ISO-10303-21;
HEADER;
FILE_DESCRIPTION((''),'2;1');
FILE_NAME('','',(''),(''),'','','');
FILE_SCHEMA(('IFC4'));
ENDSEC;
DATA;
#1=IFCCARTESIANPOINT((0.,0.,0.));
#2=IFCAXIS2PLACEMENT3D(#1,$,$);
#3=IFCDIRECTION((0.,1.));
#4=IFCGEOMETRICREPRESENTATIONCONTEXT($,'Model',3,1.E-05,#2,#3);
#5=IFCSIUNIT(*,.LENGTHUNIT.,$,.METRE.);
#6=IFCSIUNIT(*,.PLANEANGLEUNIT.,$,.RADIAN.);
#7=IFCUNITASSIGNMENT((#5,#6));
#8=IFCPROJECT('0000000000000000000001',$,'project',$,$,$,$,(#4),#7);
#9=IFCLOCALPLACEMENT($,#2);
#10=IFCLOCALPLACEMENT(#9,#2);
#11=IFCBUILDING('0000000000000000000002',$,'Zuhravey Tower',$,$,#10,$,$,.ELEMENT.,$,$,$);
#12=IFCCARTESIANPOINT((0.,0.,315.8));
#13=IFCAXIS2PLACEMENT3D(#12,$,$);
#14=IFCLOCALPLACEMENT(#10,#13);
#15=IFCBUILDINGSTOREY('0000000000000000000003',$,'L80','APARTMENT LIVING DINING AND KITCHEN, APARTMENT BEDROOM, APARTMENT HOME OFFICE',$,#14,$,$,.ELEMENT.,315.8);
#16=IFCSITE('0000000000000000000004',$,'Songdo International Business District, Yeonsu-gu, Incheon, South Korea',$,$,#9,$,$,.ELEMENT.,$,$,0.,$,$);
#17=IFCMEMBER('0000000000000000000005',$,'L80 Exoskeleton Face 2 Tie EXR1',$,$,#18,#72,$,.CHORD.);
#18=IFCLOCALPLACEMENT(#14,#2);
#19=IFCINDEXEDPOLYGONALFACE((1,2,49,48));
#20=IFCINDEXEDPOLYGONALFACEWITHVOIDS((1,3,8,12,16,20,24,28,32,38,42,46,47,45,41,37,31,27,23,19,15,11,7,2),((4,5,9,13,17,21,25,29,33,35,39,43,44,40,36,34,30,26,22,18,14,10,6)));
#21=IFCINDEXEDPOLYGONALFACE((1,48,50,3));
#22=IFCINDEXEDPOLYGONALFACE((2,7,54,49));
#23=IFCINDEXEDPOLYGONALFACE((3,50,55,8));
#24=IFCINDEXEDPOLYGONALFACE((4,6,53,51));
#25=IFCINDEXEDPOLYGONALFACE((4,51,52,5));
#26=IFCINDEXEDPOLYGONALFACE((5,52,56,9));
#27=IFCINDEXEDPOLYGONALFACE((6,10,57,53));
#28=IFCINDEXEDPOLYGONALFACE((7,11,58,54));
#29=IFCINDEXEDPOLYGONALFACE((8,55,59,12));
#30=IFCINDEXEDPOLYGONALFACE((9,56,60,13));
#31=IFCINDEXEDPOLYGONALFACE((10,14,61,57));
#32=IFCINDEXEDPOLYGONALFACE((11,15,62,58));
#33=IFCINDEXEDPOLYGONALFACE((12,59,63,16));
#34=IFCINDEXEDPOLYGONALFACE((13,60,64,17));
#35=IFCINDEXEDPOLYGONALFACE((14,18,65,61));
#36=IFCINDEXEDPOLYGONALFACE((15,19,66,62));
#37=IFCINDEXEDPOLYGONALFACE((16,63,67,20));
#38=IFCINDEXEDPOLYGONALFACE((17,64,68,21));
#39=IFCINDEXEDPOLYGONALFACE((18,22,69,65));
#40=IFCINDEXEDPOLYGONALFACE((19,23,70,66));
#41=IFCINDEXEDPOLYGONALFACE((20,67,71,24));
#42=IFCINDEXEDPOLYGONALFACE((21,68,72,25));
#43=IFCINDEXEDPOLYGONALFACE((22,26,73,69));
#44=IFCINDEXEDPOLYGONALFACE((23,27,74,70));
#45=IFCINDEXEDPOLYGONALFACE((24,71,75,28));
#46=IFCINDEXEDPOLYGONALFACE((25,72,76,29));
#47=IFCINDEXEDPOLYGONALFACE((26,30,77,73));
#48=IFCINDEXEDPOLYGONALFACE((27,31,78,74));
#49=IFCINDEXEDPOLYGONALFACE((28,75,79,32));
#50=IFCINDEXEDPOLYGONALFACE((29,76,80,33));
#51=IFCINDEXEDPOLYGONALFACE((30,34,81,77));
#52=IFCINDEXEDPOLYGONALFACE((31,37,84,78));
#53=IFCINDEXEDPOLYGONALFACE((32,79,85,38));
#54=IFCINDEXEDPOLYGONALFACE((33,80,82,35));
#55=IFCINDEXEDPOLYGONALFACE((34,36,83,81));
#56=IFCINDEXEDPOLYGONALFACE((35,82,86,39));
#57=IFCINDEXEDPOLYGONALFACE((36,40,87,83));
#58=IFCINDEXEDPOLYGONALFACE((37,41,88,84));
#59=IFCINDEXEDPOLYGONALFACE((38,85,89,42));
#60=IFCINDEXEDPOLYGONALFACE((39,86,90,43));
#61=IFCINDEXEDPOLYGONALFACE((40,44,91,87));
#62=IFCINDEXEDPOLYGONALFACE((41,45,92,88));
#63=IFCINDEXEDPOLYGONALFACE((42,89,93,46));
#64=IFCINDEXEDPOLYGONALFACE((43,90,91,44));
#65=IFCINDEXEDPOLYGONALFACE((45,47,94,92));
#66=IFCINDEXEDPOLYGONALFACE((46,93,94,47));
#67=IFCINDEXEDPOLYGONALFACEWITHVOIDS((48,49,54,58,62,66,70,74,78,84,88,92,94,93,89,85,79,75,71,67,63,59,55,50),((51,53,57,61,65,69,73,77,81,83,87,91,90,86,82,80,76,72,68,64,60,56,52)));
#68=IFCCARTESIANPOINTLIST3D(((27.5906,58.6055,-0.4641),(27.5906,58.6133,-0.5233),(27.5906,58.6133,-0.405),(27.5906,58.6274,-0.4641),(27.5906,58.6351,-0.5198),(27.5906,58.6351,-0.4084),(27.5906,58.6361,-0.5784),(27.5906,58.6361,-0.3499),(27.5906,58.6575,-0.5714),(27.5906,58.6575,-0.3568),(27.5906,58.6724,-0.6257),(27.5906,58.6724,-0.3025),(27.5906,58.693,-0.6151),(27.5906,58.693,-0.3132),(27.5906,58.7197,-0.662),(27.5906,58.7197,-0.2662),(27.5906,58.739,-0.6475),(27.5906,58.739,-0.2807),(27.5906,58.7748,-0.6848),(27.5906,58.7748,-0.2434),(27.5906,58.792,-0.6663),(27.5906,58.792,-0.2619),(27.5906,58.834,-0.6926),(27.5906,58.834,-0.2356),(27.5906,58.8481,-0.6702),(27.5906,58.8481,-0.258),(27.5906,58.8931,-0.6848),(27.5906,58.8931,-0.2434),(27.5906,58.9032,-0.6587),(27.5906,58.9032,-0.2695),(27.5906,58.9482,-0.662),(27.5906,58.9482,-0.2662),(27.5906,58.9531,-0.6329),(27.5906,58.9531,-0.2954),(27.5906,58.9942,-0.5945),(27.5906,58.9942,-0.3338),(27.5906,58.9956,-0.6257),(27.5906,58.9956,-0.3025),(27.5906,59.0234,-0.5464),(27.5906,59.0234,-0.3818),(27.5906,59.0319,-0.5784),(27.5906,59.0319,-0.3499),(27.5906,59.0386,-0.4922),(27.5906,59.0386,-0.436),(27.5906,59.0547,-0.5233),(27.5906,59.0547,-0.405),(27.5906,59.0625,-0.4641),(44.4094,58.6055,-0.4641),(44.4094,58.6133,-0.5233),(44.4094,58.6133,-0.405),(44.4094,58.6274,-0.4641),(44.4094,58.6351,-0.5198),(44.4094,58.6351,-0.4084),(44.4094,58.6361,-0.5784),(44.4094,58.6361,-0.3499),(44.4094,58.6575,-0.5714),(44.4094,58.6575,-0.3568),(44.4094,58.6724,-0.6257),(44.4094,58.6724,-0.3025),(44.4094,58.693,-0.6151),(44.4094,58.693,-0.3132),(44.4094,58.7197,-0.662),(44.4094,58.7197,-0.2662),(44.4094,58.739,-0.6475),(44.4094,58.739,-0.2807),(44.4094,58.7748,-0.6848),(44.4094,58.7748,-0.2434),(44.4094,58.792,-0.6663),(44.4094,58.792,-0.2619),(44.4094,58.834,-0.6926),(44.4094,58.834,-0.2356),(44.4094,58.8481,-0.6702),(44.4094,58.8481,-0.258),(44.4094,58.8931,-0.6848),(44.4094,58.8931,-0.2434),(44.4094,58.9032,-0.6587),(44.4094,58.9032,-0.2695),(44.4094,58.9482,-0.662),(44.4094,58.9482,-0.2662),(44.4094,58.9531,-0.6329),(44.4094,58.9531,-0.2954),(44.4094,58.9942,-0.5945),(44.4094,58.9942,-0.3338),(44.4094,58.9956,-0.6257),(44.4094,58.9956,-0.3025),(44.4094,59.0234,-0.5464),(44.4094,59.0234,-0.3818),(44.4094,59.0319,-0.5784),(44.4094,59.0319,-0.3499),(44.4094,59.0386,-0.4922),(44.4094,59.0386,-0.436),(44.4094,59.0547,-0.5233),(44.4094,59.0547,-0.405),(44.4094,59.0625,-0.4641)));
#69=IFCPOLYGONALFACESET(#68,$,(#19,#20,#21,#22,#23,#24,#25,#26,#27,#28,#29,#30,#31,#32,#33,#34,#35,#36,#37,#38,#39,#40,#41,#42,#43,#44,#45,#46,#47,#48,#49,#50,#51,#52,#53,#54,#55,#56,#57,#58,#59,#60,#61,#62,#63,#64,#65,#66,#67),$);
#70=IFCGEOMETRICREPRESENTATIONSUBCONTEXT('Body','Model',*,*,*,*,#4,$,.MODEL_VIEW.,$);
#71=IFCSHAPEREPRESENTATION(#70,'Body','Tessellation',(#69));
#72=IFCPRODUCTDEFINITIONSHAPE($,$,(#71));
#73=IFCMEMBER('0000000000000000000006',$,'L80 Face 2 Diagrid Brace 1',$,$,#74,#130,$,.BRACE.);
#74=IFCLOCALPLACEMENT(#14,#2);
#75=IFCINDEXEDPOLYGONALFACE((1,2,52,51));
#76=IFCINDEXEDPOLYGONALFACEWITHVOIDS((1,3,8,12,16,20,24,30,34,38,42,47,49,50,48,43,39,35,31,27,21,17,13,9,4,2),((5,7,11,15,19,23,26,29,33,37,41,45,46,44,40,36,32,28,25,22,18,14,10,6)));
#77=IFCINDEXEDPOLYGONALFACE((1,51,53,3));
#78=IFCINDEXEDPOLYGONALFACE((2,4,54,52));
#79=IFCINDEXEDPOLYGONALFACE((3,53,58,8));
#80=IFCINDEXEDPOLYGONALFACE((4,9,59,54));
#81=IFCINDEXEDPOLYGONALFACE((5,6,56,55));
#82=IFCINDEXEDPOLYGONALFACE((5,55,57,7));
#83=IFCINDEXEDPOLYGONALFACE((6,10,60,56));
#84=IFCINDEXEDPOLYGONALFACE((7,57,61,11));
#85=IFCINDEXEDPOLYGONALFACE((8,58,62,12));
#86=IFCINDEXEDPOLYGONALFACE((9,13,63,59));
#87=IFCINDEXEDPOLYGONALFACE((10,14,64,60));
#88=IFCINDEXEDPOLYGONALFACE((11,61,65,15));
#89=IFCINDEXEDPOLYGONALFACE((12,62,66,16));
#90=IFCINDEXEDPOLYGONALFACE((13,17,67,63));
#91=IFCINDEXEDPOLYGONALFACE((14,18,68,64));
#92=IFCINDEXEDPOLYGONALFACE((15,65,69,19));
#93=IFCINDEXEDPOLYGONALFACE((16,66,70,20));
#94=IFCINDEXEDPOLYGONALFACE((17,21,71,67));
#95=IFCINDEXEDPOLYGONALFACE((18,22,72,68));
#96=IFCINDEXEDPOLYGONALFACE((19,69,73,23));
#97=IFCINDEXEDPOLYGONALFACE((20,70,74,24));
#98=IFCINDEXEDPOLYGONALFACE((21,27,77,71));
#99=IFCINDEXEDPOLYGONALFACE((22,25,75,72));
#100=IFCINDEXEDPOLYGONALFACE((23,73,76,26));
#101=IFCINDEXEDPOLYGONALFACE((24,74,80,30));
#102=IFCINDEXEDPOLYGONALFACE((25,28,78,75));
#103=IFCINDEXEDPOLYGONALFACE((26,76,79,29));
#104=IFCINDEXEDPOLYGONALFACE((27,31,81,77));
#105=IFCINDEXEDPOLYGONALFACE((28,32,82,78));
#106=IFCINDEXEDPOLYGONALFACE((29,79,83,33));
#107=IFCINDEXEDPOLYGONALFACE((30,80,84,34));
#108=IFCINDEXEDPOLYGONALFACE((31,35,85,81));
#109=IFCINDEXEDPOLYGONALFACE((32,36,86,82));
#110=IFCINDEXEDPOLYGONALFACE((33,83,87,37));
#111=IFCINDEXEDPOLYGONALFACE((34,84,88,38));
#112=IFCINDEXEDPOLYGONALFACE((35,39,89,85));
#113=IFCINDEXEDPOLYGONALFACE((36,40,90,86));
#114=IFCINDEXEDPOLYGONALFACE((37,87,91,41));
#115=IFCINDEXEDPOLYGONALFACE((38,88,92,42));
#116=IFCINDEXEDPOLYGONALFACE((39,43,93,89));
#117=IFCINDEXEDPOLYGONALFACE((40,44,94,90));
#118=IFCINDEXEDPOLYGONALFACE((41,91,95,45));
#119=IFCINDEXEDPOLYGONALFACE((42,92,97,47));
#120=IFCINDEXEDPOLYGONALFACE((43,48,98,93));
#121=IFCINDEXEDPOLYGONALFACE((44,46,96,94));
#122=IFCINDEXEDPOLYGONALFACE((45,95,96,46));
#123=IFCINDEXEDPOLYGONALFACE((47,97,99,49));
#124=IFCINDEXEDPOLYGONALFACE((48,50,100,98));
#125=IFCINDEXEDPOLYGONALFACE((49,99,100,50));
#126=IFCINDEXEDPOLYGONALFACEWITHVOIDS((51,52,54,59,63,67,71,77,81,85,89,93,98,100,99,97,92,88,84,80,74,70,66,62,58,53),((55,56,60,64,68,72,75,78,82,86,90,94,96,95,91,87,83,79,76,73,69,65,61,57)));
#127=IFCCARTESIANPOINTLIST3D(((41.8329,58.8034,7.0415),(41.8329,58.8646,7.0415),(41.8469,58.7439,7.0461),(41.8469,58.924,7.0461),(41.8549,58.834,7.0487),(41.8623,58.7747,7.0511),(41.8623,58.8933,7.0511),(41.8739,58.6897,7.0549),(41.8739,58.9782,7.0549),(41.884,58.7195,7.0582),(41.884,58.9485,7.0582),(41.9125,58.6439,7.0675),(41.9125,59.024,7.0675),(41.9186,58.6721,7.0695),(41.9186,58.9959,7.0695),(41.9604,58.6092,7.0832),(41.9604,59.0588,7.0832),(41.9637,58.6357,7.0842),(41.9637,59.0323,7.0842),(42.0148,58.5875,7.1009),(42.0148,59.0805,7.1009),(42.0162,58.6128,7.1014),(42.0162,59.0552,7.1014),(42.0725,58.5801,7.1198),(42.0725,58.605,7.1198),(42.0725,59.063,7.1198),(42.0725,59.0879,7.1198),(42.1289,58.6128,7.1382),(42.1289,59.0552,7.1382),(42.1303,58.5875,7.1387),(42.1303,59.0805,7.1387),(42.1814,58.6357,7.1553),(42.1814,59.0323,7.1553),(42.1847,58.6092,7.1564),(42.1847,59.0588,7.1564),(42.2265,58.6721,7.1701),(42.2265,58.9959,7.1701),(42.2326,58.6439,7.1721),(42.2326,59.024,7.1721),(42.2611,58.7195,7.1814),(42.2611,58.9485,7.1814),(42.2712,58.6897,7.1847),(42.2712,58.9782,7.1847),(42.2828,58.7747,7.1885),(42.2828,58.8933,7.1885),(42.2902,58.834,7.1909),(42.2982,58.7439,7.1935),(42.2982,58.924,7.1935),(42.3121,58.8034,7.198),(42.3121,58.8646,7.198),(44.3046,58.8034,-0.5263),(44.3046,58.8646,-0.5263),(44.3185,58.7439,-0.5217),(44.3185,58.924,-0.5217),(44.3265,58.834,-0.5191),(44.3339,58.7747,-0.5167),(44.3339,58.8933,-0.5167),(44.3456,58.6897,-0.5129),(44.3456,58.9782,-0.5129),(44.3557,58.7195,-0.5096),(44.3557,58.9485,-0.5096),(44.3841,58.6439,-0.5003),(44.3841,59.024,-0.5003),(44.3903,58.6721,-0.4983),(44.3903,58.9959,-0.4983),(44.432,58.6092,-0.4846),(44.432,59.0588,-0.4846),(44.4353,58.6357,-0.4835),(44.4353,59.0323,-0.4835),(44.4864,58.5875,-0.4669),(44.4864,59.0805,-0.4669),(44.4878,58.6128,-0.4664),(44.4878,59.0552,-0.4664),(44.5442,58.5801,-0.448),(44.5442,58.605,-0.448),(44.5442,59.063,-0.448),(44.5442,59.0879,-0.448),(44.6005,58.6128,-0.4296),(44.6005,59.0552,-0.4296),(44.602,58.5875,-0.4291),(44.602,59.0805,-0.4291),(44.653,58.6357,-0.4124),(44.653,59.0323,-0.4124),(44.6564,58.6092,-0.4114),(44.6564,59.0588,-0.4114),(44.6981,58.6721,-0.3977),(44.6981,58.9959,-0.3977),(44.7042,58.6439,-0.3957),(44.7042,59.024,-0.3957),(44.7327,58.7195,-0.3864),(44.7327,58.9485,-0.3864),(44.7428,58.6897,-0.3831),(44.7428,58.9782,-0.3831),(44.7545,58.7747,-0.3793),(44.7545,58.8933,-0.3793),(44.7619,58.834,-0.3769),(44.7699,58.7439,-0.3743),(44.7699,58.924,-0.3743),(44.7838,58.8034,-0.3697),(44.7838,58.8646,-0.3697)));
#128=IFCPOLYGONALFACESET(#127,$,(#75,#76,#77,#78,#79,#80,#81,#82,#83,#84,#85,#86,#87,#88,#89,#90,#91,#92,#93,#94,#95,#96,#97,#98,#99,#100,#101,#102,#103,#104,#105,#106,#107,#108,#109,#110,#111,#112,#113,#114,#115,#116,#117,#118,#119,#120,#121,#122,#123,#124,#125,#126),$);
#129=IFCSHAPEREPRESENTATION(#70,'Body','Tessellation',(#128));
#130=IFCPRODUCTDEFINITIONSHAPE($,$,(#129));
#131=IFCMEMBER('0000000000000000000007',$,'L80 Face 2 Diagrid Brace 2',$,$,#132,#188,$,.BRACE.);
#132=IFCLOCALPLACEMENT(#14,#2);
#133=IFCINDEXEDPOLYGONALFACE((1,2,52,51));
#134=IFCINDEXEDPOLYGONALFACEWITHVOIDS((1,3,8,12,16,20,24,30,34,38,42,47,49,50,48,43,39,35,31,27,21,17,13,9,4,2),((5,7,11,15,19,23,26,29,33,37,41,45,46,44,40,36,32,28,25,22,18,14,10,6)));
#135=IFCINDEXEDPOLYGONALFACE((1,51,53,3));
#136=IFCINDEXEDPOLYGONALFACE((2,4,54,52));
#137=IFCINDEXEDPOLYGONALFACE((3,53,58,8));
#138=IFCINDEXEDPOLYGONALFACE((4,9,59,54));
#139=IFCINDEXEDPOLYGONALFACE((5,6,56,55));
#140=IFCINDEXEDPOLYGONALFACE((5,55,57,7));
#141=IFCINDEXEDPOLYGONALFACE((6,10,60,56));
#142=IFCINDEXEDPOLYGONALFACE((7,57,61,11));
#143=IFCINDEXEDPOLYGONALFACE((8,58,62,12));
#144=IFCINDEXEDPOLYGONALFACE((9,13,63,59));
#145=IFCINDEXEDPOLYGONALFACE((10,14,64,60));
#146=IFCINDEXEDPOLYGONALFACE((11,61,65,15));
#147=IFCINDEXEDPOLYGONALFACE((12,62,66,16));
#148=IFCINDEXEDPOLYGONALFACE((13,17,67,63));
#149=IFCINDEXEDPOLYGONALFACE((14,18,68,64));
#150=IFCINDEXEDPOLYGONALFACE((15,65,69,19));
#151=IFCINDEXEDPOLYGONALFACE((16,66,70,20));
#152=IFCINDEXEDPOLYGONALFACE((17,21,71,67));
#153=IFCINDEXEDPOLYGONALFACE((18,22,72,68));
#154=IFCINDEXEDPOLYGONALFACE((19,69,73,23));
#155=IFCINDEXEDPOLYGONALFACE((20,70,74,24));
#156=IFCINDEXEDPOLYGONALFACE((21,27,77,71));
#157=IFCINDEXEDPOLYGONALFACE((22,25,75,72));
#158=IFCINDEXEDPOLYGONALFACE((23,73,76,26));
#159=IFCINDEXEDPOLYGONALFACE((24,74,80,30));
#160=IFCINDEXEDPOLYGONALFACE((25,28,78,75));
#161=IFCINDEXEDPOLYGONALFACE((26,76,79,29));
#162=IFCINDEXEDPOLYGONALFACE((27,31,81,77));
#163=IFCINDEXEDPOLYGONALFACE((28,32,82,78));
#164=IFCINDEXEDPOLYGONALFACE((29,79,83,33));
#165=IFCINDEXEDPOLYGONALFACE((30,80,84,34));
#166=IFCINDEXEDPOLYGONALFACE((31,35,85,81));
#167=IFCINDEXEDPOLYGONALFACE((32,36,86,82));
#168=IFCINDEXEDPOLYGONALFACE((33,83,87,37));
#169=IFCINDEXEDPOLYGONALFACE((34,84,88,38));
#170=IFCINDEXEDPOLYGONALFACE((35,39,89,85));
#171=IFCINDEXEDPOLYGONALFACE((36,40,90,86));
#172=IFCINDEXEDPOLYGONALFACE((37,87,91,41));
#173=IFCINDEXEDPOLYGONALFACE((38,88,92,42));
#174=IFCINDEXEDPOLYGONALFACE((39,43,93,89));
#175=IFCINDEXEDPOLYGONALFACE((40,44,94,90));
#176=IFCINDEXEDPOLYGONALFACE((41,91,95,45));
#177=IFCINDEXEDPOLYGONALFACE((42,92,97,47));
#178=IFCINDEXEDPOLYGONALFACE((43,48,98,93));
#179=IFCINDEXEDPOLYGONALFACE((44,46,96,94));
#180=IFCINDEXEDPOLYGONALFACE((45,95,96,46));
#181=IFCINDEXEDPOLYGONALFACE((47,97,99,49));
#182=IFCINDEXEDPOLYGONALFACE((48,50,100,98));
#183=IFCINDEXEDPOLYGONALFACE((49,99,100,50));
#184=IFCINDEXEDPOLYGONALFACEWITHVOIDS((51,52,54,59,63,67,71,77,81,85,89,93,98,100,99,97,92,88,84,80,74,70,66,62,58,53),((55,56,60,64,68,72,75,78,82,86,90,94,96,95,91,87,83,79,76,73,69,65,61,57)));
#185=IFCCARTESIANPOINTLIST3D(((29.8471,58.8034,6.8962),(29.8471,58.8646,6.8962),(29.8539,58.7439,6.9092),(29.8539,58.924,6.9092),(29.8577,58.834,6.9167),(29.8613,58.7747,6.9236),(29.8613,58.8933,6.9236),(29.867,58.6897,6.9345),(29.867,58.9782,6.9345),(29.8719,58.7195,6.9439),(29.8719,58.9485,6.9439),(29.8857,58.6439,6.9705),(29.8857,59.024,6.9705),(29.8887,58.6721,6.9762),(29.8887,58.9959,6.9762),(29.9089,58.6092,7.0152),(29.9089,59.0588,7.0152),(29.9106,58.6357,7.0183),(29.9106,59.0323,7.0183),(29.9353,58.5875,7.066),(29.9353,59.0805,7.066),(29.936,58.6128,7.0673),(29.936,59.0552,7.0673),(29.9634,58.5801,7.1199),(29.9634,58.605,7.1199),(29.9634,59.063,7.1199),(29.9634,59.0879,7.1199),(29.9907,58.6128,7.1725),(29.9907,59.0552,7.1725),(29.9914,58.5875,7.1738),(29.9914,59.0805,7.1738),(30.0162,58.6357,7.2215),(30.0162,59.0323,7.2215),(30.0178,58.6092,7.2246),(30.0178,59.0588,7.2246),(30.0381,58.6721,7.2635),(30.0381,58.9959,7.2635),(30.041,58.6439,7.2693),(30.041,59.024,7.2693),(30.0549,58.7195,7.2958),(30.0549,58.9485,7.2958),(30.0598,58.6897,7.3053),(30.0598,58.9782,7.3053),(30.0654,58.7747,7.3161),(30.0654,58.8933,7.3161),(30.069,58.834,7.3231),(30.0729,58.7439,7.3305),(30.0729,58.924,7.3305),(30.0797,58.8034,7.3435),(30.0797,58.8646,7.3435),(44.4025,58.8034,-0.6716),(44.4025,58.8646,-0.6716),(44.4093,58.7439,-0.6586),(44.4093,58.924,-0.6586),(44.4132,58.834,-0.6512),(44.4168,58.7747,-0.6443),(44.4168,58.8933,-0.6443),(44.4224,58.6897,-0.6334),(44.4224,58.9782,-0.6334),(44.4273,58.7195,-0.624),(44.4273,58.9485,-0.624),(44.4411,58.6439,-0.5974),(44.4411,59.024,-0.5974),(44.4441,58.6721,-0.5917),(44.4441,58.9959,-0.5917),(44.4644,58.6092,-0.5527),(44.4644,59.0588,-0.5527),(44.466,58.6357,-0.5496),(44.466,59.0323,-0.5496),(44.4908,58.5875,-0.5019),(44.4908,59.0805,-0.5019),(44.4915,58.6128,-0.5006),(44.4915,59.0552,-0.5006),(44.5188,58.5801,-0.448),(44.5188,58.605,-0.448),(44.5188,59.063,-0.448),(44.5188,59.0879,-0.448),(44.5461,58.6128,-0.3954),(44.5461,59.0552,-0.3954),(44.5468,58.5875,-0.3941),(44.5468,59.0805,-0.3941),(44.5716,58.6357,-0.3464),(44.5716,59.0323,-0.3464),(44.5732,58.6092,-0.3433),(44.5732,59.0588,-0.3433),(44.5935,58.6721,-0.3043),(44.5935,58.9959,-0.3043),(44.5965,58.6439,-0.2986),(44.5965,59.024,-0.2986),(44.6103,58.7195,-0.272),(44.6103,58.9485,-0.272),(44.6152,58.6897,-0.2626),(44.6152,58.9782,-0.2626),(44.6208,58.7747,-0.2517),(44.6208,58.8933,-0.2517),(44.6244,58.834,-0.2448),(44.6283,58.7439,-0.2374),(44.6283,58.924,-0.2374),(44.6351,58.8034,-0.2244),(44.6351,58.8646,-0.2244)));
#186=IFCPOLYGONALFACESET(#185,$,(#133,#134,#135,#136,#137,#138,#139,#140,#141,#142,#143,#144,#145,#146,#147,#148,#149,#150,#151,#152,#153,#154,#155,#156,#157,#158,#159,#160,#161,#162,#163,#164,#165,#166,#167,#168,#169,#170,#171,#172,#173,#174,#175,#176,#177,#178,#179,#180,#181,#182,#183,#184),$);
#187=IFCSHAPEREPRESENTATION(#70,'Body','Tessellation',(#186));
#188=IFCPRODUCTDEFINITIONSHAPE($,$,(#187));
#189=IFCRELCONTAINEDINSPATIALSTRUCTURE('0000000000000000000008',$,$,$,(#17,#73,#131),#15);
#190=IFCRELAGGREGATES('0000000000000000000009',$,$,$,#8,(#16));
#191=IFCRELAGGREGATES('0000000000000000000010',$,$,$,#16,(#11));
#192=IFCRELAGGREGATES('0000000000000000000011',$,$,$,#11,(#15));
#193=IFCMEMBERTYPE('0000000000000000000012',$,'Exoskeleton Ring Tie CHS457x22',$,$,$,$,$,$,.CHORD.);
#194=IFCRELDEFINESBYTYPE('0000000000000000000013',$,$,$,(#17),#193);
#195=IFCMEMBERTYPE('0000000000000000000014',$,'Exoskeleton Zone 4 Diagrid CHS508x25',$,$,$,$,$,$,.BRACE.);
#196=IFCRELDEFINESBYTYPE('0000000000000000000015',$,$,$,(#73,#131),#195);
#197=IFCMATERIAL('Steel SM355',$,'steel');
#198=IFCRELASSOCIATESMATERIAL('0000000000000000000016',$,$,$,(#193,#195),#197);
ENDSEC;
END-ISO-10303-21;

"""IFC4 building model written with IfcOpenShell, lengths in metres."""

from ifc_helpers import new_model, si_unit, direction, frame, origin, origin_2d, place, context, subcontext, project, spatial, hollow_circle, extrude, material, material_profile, profile_set, type_object, element, save


model = new_model("IFC4")

# Units and contexts
model_context = context("Model", 3, precision=1e-05, world=origin(), true_north=direction((0.0, 1.0)))
body_context = subcontext(model_context, "Body", "Model", "MODEL_VIEW")
ifc_project = project(units=[si_unit("LENGTHUNIT", "METRE"), si_unit("PLANEANGLEUNIT", "RADIAN")], contexts=[model_context])

# Site, building, storey
site_placement = place(None, origin())
site = spatial("IfcSite", under=ifc_project, at=site_placement, Name="Songdo International Business District, Yeonsu-gu, Incheon, South Korea", CompositionType="ELEMENT", RefElevation=0.0)
building_placement = place(site_placement, origin())
building = spatial("IfcBuilding", under=site, at=building_placement, Name="Zuhravey Tower", CompositionType="ELEMENT")
storey_placement = place(building_placement, frame((0.0, 0.0, 315.8)))
storey = spatial("IfcBuildingStorey", under=building, at=storey_placement, Name="L80", Description="APARTMENT LIVING DINING AND KITCHEN, APARTMENT BEDROOM, APARTMENT HOME OFFICE", CompositionType="ELEMENT", Elevation=315.8)

# Members
ifc_material_1 = material(Name="Steel SM355", Category="steel")
ifc_material_profile_1 = material_profile(ifc_material_1, hollow_circle(Radius=0.2285, WallThickness=0.022, at=origin_2d()), Name="CHS-457.2x22")
ifc_profile_set_1 = profile_set([ifc_material_profile_1], Name="Steel SM355")
member_type_1 = type_object("IfcMemberType", Name="Exoskeleton Ring Tie CHS457x22", PredefinedType="CHORD", material=ifc_profile_set_1)
member_1_placement = place(storey_placement, frame((44.4094, 58.834, -0.4641), z_axis=(-1.0, 0.0, 0.0), x_axis=(0.0, -1.0, 0.0)))
element("IfcMember", 1, at=member_1_placement, inside=storey, type_object=member_type_1, Name="L80 Exoskeleton Face 2 Tie EXR1", PredefinedType="CHORD", context=body_context, shape_type="SweptSolid", body=[
    extrude(hollow_circle(Radius=0.2285, WallThickness=0.022, at=origin_2d()), origin(), (0.0, 0.0, 1.0), 16.8188),
])
ifc_material_profile_2 = material_profile(ifc_material_1, hollow_circle(Radius=0.2539, WallThickness=0.0249, at=origin_2d()), Name="CHS-508.0x25")
ifc_profile_set_2 = profile_set([ifc_material_profile_2], Name="Steel SM355")
member_type_2 = type_object("IfcMemberType", Name="Exoskeleton Zone 4 Diagrid CHS508x25", PredefinedType="BRACE", material=ifc_profile_set_2)
member_2_placement = place(storey_placement, frame((44.5442, 58.834, -0.448), z_axis=(-0.310463, 0.0, 0.950586), x_axis=(0.0, -1.0, 0.0)))
element("IfcMember", 2, at=member_2_placement, inside=storey, type_object=member_type_2, Name="L80 Face 2 Diagrid Brace 1", PredefinedType="BRACE", context=body_context, shape_type="SweptSolid", body=[
    extrude(hollow_circle(Radius=0.2539, WallThickness=0.0249, at=origin_2d()), origin(), (0.0, 0.0, 1.0), 7.9612),
])
member_3_placement = place(storey_placement, frame((44.5188, 58.834, -0.448), z_axis=(-0.88724, 0.0, 0.461307), x_axis=(0.0, -1.0, 0.0)))
element("IfcMember", 3, at=member_3_placement, inside=storey, type_object=member_type_2, Name="L80 Face 2 Diagrid Brace 2", PredefinedType="BRACE", context=body_context, shape_type="SweptSolid", body=[
    extrude(hollow_circle(Radius=0.2539, WallThickness=0.0249, at=origin_2d()), origin(), (0.0, 0.0, 1.0), 16.4053),
])

save(model, "model.ifc")
